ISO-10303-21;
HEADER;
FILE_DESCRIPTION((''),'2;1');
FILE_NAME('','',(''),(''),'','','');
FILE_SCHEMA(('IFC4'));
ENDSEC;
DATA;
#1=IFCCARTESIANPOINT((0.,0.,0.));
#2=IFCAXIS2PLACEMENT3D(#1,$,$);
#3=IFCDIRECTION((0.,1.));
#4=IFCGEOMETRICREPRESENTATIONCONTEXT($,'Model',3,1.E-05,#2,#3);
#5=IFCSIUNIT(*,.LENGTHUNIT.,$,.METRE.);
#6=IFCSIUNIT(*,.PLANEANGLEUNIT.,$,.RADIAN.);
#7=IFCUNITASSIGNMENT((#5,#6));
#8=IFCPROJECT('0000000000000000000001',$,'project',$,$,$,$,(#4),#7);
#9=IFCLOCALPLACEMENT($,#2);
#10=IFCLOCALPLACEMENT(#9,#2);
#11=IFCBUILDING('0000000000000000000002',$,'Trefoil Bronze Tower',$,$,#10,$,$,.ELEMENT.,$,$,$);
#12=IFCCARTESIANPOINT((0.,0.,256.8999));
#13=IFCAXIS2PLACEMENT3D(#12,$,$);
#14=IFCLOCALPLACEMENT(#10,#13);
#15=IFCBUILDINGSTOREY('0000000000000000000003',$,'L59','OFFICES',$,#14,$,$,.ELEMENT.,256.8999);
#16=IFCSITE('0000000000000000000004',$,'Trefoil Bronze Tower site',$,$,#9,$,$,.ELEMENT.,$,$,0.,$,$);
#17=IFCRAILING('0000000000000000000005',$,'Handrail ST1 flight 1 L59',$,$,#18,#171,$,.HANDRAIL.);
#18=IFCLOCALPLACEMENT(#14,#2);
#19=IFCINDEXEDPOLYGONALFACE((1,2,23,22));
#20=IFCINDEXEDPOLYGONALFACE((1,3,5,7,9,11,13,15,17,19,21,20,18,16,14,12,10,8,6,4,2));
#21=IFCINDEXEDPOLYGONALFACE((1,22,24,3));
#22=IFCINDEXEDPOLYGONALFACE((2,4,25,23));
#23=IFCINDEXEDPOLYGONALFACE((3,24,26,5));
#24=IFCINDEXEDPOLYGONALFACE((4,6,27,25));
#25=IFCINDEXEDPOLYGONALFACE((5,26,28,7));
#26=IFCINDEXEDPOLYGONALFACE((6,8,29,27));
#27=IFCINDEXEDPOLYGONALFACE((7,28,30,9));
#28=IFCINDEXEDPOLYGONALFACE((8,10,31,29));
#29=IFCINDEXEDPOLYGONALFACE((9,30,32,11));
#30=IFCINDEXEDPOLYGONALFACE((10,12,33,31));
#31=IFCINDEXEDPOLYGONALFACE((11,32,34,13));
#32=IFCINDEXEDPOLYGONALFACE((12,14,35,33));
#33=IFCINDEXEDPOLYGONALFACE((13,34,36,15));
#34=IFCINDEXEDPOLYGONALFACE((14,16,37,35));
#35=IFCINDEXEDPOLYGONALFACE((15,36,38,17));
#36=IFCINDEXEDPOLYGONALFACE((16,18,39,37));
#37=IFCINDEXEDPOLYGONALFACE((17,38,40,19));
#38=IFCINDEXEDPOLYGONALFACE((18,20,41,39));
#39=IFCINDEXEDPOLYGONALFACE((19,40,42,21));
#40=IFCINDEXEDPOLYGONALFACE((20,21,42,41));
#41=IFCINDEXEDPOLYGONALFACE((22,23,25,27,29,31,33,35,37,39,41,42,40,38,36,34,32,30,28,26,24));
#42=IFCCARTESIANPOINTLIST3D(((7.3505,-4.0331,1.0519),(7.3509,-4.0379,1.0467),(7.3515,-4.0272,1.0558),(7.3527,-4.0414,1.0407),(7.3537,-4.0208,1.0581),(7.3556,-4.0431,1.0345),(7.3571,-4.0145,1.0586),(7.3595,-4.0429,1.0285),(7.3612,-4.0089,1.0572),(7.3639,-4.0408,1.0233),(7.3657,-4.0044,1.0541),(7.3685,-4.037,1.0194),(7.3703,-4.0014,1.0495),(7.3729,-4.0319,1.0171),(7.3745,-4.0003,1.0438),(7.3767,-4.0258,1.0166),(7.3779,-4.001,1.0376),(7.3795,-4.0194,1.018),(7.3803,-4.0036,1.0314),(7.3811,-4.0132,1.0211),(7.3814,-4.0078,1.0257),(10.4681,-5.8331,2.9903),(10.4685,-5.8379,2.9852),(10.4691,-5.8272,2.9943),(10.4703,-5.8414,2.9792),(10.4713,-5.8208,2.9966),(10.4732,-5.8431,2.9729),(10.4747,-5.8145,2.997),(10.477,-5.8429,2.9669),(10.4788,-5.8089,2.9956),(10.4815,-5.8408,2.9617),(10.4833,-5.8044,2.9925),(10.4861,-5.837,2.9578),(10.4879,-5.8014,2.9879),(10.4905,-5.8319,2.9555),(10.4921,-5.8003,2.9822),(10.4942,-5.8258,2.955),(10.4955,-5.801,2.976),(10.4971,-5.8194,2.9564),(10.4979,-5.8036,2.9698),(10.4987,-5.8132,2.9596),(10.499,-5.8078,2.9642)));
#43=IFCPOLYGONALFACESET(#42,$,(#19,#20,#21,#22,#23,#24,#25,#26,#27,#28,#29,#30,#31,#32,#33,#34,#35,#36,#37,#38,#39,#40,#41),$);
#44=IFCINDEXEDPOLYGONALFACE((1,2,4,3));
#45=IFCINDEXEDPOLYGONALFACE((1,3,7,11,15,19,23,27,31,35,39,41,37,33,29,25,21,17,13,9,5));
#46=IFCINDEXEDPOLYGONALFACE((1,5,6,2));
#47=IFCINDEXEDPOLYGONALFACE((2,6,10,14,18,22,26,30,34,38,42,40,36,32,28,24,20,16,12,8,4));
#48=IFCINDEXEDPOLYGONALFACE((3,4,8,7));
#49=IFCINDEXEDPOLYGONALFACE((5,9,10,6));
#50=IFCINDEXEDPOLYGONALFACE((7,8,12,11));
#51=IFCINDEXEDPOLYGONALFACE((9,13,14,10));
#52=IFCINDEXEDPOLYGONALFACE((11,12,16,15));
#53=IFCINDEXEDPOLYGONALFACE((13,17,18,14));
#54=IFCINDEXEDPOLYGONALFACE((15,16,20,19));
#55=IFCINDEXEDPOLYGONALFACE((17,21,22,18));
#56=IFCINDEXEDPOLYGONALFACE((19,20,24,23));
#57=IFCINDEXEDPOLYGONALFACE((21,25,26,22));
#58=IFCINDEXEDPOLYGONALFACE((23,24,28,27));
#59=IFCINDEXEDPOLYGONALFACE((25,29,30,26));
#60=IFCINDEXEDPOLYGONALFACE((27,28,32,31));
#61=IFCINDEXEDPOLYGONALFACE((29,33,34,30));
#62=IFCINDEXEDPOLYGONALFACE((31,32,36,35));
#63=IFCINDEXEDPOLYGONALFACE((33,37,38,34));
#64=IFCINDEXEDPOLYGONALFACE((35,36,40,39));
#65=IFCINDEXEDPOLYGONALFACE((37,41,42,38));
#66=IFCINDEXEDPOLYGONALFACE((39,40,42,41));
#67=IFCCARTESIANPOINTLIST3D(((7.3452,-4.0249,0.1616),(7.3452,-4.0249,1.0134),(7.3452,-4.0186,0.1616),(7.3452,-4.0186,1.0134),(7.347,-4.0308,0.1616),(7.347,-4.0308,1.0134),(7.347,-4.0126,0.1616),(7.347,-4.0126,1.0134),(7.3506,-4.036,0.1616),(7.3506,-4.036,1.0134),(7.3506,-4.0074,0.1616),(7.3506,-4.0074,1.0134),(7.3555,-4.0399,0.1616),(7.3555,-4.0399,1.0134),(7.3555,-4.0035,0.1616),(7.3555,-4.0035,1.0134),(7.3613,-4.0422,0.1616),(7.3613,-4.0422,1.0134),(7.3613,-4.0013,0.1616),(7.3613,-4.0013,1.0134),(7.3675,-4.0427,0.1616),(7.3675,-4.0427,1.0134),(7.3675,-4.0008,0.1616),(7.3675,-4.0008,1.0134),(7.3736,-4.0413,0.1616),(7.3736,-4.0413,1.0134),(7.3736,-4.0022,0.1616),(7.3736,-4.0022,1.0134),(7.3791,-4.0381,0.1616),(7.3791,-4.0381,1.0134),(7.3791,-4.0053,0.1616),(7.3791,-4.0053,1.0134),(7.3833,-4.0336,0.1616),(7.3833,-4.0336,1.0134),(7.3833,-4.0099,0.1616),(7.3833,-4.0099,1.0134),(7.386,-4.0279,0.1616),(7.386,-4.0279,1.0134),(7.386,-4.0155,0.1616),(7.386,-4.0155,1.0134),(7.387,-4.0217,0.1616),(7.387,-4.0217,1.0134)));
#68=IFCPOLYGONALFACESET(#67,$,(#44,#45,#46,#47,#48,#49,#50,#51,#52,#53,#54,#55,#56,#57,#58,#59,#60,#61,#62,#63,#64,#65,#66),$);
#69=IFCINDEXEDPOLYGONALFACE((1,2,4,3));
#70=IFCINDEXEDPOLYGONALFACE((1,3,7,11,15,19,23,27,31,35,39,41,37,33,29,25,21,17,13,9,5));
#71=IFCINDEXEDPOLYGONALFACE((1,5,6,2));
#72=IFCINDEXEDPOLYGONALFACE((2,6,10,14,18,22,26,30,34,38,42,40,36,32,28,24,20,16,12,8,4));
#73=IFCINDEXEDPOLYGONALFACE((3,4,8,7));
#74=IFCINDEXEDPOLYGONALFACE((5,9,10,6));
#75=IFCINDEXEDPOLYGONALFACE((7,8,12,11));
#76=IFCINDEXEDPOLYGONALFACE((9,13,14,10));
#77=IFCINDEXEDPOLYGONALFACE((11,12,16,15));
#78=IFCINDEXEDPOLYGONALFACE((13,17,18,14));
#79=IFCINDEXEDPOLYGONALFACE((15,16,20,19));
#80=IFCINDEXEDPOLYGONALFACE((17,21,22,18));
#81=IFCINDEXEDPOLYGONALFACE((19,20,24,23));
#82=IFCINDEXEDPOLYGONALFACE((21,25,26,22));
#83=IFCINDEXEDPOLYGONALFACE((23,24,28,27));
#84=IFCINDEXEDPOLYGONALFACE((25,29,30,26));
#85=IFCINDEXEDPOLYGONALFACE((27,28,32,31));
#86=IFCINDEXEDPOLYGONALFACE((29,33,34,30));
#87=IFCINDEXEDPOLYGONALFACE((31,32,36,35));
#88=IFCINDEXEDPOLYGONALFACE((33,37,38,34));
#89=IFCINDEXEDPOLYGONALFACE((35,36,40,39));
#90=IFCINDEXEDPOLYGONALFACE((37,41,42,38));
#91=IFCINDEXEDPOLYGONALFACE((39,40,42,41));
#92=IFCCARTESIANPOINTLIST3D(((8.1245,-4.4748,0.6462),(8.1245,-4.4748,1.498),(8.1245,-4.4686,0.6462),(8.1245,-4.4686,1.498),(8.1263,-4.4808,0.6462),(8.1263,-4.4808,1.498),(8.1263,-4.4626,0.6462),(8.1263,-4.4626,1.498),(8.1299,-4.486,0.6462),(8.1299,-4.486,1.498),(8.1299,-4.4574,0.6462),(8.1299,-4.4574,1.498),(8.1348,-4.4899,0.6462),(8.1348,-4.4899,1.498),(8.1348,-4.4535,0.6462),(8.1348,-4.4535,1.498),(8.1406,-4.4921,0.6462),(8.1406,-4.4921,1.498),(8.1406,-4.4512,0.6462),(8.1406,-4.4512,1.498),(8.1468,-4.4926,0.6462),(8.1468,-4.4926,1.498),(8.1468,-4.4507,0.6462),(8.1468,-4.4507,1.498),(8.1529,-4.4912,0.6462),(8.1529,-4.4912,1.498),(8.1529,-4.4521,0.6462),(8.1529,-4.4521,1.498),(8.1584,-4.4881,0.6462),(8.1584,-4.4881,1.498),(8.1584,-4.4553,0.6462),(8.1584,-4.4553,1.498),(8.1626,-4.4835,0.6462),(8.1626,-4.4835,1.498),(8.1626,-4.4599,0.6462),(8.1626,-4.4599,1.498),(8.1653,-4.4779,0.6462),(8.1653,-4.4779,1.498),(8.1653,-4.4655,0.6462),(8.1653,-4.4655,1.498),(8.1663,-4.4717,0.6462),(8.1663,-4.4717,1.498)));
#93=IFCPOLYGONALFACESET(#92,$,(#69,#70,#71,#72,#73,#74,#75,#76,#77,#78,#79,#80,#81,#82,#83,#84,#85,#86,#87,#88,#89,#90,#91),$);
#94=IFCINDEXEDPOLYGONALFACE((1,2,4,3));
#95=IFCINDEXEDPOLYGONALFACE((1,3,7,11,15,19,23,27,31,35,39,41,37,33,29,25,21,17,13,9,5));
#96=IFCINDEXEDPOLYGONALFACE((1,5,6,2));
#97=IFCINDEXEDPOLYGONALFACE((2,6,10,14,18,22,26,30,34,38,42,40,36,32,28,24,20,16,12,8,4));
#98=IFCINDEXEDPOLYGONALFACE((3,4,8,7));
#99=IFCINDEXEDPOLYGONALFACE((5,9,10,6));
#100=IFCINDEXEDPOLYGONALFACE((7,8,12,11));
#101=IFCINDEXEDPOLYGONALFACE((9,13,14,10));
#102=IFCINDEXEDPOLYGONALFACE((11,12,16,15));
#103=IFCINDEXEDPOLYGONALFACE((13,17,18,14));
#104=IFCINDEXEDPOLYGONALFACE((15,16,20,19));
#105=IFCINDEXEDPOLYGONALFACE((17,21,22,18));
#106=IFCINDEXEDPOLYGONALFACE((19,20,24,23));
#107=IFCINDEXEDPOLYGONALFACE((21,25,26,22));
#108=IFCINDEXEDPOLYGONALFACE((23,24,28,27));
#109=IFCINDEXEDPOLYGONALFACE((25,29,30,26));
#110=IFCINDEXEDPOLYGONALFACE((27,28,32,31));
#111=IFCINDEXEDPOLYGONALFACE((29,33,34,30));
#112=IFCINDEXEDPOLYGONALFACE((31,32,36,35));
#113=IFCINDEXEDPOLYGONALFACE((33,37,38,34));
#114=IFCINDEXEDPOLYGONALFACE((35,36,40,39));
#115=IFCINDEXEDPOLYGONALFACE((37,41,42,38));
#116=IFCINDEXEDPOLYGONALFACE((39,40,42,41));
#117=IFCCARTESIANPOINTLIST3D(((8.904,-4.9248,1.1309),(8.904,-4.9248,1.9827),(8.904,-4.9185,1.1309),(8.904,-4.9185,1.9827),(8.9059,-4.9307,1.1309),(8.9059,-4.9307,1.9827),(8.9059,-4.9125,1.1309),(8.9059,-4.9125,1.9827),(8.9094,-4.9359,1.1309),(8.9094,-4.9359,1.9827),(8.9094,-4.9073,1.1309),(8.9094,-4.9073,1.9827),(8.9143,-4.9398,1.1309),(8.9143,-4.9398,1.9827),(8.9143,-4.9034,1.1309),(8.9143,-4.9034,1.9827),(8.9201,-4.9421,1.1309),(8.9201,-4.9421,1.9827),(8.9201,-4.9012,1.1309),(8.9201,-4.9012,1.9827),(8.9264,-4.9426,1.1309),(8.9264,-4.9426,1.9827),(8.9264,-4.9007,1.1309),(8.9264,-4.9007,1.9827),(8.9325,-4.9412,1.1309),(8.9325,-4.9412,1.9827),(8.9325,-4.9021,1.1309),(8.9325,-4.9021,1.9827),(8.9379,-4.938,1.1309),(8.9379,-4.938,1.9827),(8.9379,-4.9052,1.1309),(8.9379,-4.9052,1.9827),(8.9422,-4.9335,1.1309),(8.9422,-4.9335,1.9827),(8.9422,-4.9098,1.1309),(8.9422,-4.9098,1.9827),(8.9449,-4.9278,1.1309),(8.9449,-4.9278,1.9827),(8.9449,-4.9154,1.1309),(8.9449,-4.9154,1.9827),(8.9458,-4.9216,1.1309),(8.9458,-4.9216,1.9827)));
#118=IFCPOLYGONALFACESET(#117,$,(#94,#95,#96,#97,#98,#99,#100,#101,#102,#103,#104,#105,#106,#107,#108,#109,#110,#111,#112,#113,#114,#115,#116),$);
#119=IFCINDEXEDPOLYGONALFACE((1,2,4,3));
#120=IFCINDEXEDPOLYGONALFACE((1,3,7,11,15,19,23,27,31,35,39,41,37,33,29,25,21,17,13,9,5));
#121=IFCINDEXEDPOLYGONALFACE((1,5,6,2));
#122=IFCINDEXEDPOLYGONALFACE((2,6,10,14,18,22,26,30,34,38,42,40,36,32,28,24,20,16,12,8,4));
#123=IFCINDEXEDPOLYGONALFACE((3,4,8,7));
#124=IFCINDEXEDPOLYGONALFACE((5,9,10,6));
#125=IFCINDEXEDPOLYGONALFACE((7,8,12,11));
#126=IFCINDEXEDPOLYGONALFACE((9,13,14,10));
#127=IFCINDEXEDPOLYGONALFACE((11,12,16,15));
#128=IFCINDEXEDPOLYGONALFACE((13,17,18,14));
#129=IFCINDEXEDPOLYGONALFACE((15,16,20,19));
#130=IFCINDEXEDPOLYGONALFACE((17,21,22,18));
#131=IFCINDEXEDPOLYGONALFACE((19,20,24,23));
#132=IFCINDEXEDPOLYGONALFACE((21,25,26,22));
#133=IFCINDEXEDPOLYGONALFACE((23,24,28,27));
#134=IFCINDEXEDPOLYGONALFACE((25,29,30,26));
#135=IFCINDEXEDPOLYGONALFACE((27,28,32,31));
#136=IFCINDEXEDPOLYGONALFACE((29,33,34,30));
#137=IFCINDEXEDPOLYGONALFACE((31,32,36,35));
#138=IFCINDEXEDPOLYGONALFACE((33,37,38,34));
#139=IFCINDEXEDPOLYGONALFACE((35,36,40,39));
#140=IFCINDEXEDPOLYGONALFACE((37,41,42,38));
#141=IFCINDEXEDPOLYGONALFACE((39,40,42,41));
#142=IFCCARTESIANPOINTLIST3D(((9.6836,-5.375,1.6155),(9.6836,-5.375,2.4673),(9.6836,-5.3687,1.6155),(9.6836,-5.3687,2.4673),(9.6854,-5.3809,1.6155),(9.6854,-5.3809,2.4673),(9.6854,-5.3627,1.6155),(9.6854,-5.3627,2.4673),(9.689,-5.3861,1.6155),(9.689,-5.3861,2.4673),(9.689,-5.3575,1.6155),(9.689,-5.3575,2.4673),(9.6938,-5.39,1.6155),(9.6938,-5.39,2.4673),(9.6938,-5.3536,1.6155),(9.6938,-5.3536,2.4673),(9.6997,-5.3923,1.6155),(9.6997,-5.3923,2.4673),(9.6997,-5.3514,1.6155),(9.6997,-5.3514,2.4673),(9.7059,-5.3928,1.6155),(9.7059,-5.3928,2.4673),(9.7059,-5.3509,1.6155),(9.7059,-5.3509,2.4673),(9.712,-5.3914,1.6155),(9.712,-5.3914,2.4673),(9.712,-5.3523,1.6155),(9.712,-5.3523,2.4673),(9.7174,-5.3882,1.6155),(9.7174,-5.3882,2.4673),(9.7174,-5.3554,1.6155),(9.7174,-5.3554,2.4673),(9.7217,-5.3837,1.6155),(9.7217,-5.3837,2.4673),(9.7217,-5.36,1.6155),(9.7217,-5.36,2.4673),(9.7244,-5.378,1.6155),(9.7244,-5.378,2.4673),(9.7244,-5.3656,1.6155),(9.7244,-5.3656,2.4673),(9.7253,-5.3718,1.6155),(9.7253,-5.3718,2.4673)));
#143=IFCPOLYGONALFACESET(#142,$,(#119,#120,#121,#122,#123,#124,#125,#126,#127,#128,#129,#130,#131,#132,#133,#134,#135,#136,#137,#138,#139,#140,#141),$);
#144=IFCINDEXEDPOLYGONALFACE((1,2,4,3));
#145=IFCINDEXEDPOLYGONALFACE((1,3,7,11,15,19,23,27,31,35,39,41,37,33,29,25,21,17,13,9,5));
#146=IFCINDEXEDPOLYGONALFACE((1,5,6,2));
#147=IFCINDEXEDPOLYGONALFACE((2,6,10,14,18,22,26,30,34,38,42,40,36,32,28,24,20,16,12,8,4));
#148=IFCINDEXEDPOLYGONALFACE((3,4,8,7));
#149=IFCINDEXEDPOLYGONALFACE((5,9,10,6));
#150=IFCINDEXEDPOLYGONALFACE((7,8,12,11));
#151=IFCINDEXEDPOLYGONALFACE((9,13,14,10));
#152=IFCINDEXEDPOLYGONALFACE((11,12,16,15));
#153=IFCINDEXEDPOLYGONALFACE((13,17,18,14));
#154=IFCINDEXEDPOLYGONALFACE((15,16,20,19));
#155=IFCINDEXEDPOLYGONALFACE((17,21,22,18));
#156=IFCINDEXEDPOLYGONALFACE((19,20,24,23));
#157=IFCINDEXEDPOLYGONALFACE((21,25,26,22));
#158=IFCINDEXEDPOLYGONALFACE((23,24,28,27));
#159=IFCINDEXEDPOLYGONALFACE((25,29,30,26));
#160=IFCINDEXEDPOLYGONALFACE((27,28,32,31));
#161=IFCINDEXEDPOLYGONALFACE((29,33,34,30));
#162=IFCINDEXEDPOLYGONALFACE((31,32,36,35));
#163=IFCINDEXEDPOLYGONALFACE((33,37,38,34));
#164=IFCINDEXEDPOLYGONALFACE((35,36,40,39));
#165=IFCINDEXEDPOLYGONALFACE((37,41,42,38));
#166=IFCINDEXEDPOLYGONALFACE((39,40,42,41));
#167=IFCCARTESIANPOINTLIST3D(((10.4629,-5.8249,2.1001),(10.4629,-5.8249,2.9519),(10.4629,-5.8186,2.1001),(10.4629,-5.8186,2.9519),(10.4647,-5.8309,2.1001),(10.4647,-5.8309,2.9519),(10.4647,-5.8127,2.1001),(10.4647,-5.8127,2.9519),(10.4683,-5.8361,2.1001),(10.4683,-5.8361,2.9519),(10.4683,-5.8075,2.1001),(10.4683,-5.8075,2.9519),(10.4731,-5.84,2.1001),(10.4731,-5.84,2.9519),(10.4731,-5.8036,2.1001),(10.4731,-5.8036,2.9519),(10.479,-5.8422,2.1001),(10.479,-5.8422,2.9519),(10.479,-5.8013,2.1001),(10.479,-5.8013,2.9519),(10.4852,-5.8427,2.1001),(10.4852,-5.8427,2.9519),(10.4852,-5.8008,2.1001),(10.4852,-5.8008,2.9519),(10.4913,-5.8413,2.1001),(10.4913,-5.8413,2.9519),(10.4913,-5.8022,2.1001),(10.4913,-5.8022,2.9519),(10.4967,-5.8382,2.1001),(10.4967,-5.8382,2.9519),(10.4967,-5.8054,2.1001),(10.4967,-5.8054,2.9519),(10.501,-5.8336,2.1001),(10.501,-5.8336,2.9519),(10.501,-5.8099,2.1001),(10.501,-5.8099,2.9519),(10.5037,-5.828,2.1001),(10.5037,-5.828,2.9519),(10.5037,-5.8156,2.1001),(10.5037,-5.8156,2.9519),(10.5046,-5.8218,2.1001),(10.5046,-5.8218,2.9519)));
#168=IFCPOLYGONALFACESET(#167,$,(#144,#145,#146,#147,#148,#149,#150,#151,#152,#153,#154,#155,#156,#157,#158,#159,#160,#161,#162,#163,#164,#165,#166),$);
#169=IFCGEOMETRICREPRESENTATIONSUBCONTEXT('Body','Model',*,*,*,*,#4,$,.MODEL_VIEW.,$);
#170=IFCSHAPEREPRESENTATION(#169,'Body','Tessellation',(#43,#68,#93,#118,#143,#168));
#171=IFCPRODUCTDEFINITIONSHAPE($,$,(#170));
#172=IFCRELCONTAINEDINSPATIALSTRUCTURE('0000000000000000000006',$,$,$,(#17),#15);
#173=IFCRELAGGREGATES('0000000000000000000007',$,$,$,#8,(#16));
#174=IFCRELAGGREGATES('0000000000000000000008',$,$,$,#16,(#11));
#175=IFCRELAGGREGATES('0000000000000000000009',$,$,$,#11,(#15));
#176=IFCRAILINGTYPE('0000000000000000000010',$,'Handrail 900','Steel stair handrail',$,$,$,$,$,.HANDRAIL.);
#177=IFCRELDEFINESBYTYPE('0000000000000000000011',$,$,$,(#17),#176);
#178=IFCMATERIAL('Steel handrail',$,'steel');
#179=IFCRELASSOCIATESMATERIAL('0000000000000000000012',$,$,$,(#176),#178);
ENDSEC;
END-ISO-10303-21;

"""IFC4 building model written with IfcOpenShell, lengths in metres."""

from ifc_helpers import new_model, si_unit, direction, frame, origin, origin_2d, place, context, subcontext, project, spatial, circle, extrude, material, type_object, element, save


model = new_model("IFC4")

# Units and contexts
model_context = context("Model", 3, precision=1e-05, world=origin(), true_north=direction((0.0, 1.0)))
body_context = subcontext(model_context, "Body", "Model", "MODEL_VIEW")
ifc_project = project(units=[si_unit("LENGTHUNIT", "METRE"), si_unit("PLANEANGLEUNIT", "RADIAN")], contexts=[model_context])

# Site, building, storey
site_placement = place(None, origin())
site = spatial("IfcSite", under=ifc_project, at=site_placement, Name="Trefoil Bronze Tower site", CompositionType="ELEMENT", RefElevation=0.0)
building_placement = place(site_placement, origin())
building = spatial("IfcBuilding", under=site, at=building_placement, Name="Trefoil Bronze Tower", CompositionType="ELEMENT")
storey_placement = place(building_placement, frame((0.0, 0.0, 256.8999)))
storey = spatial("IfcBuildingStorey", under=building, at=storey_placement, Name="L59", Description="OFFICES", CompositionType="ELEMENT", Elevation=256.8999)

# Railing
ifc_material_1 = material(Name="Steel handrail", Category="steel")
railing_type = type_object("IfcRailingType", Name="Handrail 900", Description="Steel stair handrail", PredefinedType="HANDRAIL", material=ifc_material_1)
railing_1_placement = place(storey_placement, frame((7.366, -4.0217, 0.1616)))
element("IfcRailing", 1, at=railing_1_placement, inside=storey, type_object=railing_type, Name="Handrail ST1 flight 1 L59", PredefinedType="HANDRAIL", context=body_context, shape_type="SweptSolid", body=[
    extrude(circle(Radius=0.0239, at=origin_2d()), frame((0.0, 0.0, 0.876), z_axis=(0.762503, -0.440246, 0.474102), x_axis=(0.500012, 0.866018, 0.0)), (0.0, 0.0, 1.0), 4.0886),
    extrude(circle(Radius=0.021, at=origin_2d()), origin(), (0.0, 0.0, 1.0), 0.8518),
    extrude(circle(Radius=0.021, at=origin_2d()), frame((0.7793, -0.45, 0.4846)), (0.0, 0.0, 1.0), 0.8518),
    extrude(circle(Radius=0.021, at=origin_2d()), frame((1.5588, -0.8999, 0.9692)), (0.0, 0.0, 1.0), 0.8518),
    extrude(circle(Radius=0.021, at=origin_2d()), frame((2.3384, -1.3501, 1.4539)), (0.0, 0.0, 1.0), 0.8518),
    extrude(circle(Radius=0.021, at=origin_2d()), frame((3.1177, -1.8, 1.9385)), (0.0, 0.0, 1.0), 0.8518),
])

save(model, "model.ifc")
